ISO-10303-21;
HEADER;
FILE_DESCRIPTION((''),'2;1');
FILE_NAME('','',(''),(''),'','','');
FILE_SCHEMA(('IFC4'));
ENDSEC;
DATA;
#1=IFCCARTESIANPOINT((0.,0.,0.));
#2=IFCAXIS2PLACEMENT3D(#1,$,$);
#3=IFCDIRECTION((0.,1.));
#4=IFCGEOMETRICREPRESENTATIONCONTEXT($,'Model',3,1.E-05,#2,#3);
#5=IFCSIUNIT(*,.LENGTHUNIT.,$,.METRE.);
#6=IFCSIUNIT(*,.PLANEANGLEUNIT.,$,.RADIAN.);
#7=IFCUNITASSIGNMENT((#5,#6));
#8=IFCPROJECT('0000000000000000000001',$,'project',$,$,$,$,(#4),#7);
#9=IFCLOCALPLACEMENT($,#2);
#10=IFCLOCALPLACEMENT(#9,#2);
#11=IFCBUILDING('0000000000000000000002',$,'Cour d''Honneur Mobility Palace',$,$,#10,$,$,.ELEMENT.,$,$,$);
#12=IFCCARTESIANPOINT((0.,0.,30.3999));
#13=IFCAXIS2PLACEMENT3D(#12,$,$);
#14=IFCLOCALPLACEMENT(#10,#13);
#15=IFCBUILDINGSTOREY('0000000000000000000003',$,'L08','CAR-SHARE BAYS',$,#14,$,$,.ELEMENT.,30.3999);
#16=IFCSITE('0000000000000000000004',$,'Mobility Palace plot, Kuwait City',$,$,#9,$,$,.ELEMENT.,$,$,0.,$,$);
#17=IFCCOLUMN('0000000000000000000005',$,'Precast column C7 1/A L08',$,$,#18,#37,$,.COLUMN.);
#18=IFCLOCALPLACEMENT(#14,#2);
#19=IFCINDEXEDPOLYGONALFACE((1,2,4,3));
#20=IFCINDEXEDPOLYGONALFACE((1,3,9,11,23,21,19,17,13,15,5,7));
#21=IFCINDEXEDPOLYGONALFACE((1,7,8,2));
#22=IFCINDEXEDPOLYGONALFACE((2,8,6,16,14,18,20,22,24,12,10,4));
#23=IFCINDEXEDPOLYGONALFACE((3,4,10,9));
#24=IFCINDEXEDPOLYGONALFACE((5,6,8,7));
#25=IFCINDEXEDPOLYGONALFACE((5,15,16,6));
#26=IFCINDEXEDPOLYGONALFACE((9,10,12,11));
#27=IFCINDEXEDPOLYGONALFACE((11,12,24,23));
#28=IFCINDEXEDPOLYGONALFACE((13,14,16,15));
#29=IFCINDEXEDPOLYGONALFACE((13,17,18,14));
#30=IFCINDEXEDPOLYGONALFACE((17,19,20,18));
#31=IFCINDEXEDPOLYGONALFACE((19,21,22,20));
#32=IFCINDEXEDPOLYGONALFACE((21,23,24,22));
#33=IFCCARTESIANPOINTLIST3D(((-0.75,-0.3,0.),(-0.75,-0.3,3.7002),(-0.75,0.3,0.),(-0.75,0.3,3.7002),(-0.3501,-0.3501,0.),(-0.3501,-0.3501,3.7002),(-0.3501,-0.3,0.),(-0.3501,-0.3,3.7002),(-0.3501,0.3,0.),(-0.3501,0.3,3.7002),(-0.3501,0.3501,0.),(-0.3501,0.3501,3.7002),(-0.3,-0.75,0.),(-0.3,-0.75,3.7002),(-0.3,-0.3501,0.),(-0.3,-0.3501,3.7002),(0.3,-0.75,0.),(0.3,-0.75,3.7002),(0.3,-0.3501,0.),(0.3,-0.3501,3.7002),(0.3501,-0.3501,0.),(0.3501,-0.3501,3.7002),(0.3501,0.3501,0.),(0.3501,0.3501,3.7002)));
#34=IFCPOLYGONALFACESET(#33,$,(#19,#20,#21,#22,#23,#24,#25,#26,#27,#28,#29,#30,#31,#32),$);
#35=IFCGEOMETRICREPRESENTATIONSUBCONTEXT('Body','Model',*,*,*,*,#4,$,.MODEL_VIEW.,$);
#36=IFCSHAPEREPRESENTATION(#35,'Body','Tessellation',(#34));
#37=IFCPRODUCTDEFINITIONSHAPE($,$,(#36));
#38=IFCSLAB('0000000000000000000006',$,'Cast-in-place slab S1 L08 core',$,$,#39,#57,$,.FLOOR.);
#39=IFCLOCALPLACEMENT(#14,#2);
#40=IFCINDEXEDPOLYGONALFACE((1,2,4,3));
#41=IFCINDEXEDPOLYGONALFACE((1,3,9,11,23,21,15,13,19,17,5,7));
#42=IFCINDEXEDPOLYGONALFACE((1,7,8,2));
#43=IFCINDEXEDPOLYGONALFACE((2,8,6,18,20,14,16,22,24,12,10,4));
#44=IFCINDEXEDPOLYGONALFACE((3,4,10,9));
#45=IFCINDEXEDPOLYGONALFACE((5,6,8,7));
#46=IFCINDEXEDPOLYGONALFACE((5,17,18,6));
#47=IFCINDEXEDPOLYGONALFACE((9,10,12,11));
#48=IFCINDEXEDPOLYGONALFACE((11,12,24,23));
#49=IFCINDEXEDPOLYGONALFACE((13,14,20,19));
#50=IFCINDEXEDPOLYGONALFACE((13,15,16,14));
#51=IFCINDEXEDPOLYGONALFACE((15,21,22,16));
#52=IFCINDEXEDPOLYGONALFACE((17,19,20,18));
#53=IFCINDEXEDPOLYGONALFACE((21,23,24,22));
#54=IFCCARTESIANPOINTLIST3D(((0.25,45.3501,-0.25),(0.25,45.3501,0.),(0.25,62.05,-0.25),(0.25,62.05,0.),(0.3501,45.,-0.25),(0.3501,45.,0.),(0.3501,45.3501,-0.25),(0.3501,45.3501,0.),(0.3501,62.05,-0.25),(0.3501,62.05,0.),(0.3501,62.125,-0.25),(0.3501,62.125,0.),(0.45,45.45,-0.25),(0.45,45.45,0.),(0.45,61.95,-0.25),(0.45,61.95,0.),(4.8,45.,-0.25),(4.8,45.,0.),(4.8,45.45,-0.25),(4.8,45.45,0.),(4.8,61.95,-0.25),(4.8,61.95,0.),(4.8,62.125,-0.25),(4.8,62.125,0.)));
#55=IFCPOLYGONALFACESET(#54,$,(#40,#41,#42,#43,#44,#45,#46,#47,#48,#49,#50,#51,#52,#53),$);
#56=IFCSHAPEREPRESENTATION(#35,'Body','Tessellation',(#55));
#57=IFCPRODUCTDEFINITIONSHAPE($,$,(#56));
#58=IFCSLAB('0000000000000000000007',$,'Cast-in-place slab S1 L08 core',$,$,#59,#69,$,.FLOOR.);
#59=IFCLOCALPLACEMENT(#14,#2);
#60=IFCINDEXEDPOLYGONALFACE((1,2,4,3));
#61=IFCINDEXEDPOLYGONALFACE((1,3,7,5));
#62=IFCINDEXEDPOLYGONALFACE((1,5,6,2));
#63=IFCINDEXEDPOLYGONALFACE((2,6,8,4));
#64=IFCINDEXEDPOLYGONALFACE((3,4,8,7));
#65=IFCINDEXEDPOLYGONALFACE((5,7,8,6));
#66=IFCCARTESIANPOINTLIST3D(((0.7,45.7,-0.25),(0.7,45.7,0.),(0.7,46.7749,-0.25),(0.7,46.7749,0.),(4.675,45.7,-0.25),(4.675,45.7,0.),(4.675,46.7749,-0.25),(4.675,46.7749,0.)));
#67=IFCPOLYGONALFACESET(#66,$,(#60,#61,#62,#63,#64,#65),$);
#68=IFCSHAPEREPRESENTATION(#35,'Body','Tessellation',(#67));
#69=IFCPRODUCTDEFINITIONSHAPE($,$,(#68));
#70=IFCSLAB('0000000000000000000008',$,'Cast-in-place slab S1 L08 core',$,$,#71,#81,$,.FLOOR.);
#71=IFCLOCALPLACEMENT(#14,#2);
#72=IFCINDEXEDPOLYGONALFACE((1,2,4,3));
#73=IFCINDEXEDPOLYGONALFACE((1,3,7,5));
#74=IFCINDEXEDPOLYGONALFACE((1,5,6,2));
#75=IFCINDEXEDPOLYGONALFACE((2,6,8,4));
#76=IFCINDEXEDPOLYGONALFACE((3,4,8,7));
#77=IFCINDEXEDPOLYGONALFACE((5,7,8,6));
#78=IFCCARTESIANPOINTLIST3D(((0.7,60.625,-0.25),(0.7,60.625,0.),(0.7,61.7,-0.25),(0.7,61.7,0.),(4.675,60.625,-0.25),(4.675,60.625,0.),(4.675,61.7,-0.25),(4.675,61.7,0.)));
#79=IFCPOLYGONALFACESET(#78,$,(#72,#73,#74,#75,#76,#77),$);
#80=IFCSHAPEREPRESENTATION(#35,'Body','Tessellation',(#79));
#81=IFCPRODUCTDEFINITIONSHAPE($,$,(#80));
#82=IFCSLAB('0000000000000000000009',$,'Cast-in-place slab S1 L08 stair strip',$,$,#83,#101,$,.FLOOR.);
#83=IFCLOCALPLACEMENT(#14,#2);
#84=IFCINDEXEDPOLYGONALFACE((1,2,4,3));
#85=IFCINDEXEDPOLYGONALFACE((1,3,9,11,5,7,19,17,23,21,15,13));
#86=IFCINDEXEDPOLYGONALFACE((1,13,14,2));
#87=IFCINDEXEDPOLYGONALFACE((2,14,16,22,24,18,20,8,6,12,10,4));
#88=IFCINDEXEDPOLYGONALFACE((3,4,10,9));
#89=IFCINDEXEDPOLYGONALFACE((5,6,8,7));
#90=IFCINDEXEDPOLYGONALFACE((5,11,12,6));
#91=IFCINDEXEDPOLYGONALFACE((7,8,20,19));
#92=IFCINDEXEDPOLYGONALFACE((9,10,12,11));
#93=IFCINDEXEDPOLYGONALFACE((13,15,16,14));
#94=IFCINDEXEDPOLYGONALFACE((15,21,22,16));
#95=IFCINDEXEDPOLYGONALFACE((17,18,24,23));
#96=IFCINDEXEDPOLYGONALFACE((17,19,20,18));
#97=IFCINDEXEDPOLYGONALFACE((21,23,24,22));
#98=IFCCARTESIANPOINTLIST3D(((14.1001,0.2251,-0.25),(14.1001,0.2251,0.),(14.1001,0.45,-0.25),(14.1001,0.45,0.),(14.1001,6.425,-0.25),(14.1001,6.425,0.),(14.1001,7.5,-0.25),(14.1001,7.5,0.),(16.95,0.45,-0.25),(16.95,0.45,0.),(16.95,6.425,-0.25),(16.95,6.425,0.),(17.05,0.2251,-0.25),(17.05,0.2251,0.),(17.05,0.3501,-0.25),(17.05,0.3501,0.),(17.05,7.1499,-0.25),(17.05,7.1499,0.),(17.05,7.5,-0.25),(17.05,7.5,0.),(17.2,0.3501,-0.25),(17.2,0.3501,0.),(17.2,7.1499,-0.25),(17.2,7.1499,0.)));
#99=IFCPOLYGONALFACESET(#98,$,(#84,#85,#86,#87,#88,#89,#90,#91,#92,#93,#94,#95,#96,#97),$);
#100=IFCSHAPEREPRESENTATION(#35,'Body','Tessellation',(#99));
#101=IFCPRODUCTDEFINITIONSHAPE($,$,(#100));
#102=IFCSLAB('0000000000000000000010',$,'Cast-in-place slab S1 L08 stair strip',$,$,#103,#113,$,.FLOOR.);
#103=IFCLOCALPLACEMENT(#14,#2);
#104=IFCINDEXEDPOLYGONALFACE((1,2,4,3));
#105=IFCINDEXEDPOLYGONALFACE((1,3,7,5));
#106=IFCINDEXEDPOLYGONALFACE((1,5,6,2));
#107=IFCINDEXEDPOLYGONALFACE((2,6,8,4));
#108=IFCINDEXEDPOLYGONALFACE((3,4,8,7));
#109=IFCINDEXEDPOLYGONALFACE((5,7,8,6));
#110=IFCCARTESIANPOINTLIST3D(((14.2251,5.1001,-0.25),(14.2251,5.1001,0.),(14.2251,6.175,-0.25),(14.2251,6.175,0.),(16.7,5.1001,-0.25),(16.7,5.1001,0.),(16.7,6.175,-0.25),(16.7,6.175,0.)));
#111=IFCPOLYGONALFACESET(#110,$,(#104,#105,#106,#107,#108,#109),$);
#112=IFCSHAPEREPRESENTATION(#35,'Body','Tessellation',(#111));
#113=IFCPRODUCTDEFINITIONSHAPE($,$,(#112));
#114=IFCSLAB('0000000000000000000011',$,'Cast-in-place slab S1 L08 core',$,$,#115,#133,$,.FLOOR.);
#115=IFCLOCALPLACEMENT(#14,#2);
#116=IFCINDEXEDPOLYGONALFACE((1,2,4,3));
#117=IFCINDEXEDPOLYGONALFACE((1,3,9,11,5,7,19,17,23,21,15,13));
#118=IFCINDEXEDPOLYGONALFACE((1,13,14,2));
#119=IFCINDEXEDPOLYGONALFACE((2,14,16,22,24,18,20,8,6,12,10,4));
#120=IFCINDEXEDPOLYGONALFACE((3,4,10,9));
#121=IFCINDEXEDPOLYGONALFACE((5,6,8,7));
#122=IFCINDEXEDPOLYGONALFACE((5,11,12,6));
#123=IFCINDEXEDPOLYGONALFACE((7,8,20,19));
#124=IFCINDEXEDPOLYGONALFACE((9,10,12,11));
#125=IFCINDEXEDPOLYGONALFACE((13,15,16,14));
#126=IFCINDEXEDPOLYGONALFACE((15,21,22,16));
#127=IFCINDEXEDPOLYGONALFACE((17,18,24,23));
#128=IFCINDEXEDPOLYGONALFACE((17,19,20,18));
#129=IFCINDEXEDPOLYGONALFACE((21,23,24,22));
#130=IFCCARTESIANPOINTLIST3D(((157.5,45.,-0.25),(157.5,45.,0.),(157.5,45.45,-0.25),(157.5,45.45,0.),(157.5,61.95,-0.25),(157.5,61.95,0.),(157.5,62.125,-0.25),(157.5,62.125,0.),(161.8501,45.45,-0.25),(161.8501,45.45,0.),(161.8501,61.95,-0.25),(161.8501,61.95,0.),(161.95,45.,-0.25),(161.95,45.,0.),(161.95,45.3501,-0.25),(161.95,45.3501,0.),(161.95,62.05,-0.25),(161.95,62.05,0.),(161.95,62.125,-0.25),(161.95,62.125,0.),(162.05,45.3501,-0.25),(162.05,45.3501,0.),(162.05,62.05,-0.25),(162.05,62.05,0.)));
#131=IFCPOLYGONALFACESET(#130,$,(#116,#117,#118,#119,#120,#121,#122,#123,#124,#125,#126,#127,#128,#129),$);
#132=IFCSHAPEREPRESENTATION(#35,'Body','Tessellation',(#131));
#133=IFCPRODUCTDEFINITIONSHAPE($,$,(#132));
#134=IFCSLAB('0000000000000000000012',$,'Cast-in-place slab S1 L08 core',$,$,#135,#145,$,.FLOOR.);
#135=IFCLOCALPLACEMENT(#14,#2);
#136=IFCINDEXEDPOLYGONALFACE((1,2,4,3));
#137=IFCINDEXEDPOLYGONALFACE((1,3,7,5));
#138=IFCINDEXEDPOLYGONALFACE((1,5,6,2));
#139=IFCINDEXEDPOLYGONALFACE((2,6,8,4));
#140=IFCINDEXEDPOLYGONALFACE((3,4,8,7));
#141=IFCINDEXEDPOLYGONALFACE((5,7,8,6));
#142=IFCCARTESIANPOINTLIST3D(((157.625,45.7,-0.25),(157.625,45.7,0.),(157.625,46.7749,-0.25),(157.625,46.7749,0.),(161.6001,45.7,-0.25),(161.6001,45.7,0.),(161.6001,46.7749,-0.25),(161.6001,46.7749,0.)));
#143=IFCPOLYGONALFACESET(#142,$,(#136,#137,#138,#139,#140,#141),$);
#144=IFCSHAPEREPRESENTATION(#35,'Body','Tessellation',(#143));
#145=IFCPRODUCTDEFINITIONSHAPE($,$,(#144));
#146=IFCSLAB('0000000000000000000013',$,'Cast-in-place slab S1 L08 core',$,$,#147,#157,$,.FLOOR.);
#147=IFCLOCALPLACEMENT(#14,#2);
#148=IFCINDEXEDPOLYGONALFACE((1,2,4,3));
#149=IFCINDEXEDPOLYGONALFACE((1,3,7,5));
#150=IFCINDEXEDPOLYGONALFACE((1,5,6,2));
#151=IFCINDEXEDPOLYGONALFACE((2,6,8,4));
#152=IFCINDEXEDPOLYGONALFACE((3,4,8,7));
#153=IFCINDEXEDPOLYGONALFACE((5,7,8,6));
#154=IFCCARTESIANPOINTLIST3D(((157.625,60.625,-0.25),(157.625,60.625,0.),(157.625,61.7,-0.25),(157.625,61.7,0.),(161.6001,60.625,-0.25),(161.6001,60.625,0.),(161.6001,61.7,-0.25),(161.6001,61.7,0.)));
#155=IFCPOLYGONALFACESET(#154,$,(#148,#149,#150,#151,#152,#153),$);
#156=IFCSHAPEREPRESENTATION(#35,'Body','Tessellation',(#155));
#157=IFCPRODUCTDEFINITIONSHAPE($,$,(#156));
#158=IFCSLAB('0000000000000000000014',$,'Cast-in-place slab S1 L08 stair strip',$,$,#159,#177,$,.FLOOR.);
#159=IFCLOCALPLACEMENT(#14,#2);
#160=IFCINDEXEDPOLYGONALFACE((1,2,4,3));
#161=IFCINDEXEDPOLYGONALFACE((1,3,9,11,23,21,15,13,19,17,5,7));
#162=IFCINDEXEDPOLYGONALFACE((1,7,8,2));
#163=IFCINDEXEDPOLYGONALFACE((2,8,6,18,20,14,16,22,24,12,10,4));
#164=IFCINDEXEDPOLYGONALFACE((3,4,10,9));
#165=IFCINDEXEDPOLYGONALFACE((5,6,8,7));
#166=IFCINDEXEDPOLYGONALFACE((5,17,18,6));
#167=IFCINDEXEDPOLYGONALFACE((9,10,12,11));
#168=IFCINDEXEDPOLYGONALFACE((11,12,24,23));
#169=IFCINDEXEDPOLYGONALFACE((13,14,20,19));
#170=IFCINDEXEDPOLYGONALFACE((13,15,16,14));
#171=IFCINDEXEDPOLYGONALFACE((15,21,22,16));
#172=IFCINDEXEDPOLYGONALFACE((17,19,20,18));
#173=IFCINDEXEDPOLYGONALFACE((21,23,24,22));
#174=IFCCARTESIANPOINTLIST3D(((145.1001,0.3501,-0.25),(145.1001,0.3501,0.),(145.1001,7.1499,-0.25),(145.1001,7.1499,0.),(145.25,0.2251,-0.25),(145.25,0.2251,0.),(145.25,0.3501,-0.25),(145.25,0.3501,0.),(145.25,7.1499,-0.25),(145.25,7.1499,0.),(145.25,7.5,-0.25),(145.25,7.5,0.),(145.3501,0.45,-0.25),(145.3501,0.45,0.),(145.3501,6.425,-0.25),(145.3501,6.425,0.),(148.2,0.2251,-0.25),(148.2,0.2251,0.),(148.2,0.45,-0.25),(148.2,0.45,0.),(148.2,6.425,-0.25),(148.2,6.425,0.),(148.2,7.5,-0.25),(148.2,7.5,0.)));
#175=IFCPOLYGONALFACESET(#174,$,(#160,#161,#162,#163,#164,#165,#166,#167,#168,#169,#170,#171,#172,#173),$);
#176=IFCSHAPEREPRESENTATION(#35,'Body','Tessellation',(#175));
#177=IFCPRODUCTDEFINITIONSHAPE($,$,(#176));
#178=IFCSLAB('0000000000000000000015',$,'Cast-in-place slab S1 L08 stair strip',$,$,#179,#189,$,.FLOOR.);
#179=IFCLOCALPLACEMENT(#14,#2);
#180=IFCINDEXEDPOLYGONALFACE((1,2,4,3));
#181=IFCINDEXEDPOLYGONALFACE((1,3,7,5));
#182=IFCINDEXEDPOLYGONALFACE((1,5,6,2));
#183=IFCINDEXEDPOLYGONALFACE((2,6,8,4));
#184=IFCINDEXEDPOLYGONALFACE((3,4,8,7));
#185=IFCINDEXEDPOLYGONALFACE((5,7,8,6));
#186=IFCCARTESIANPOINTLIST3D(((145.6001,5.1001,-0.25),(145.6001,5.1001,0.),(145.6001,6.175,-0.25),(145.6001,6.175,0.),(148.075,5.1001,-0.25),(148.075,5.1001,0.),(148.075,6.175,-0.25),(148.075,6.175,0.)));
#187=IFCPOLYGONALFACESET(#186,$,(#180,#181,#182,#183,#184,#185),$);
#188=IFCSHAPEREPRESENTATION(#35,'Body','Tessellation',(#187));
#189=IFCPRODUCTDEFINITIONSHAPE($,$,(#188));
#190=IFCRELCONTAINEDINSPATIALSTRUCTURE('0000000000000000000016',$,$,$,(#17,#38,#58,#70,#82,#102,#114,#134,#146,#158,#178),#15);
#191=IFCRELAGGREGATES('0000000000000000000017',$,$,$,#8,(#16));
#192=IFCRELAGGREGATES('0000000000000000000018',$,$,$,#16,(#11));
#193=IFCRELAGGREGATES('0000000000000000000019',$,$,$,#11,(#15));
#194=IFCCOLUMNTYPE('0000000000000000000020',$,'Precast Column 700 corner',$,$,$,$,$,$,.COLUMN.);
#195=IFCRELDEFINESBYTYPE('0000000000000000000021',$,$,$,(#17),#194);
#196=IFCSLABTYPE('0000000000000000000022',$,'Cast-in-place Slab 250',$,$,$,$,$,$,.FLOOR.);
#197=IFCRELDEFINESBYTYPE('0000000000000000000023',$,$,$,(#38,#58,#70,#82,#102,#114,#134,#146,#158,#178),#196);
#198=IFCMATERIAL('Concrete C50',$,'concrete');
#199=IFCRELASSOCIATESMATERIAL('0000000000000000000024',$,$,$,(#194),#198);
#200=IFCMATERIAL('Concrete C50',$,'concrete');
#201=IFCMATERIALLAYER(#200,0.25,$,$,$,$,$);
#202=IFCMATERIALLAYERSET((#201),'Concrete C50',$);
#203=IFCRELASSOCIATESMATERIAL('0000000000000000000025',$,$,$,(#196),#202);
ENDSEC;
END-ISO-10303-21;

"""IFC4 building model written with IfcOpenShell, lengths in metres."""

from ifc_helpers import new_model, si_unit, direction, frame, origin, place, context, subcontext, project, spatial, polyline, outline, extrude, material, layer, layer_set, material_profile, profile_set, type_object, element, save


model = new_model("IFC4")

# Units and contexts
model_context = context("Model", 3, precision=1e-05, world=origin(), true_north=direction((0.0, 1.0)))
body_context = subcontext(model_context, "Body", "Model", "MODEL_VIEW")
ifc_project = project(units=[si_unit("LENGTHUNIT", "METRE"), si_unit("PLANEANGLEUNIT", "RADIAN")], contexts=[model_context])

# Site, building, storey
site_placement = place(None, origin())
site = spatial("IfcSite", under=ifc_project, at=site_placement, Name="Mobility Palace plot, Kuwait City", CompositionType="ELEMENT", RefElevation=0.0)
building_placement = place(site_placement, origin())
building = spatial("IfcBuilding", under=site, at=building_placement, Name="Cour d'Honneur Mobility Palace", CompositionType="ELEMENT")
storey_placement = place(building_placement, frame((0.0, 0.0, 30.3999)))
storey = spatial("IfcBuildingStorey", under=building, at=storey_placement, Name="L08", Description="CAR-SHARE BAYS", CompositionType="ELEMENT", Elevation=30.3999)

# Column
ifc_material_1 = material(Name="Concrete C50", Category="concrete")
ifc_material_profile = material_profile(ifc_material_1, outline(polyline([(-0.3501, -0.3501), (0.3501, -0.3501), (0.3501, -0.3), (0.75, -0.3), (0.75, 0.3), (0.3501, 0.3), (0.3501, 0.3501), (0.3, 0.3501), (0.3, 0.75), (-0.3, 0.75), (-0.3, 0.3501), (-0.3501, 0.3501), (-0.3501, -0.3501)])), Name="PC C700 corner")
ifc_profile_set = profile_set([ifc_material_profile], Name="Concrete C50")
column_type = type_object("IfcColumnType", Name="Precast Column 700 corner", PredefinedType="COLUMN", material=ifc_profile_set)
column_placement = place(storey_placement, frame((0.0, 0.0, 0.0), z_axis=(0.0, 0.0, 1.0), x_axis=(-1.0, 0.0, 0.0)))
element("IfcColumn", 1, at=column_placement, inside=storey, type_object=column_type, Name="Precast column C7 1/A L08", PredefinedType="COLUMN", context=body_context, shape_type="SweptSolid", body=[
    extrude(outline(polyline([(-0.3501, -0.3501), (0.3501, -0.3501), (0.3501, -0.3), (0.75, -0.3), (0.75, 0.3), (0.3501, 0.3), (0.3501, 0.3501), (0.3, 0.3501), (0.3, 0.75), (-0.3, 0.75), (-0.3, 0.3501), (-0.3501, 0.3501), (-0.3501, -0.3501)])), origin(), (0.0, 0.0, 1.0), 3.7002),
])

# Slabs
ifc_material_2 = material(Name="Concrete C50", Category="concrete")
ifc_layer_1 = layer(ifc_material_2, 0.25)
ifc_layer_set_1 = layer_set([ifc_layer_1], Name="Concrete C50")
slab_type_1 = type_object("IfcSlabType", Name="Cast-in-place Slab 250", PredefinedType="FLOOR", material=ifc_layer_set_1)
slab_1_placement = place(storey_placement, frame((0.0, 0.0, -0.25)))
element("IfcSlab", 2, at=slab_1_placement, inside=storey, type_object=slab_type_1, Name="Cast-in-place slab S1 L08 core", PredefinedType="FLOOR", context=body_context, shape_type="SweptSolid", body=[
    extrude(outline(polyline([(0.3501, 45.3501), (0.25, 45.3501), (0.25, 62.05), (0.3501, 62.05), (0.3501, 62.125), (4.8, 62.125), (4.8, 61.95), (0.45, 61.95), (0.45, 45.45), (4.8, 45.45), (4.8, 45.0), (0.3501, 45.0), (0.3501, 45.3501)])), origin(), (0.0, 0.0, 1.0), 0.25),
])
slab_2_placement = place(storey_placement, frame((0.0, 0.0, -0.25)))
element("IfcSlab", 3, at=slab_2_placement, inside=storey, type_object=slab_type_1, Name="Cast-in-place slab S1 L08 core", PredefinedType="FLOOR", context=body_context, shape_type="SweptSolid", body=[
    extrude(outline(polyline([(0.7, 45.7), (0.7, 46.7749), (4.675, 46.7749), (4.675, 45.7), (0.7, 45.7)])), origin(), (0.0, 0.0, 1.0), 0.25),
])
slab_3_placement = place(storey_placement, frame((0.0, 0.0, -0.25)))
element("IfcSlab", 4, at=slab_3_placement, inside=storey, type_object=slab_type_1, Name="Cast-in-place slab S1 L08 core", PredefinedType="FLOOR", context=body_context, shape_type="SweptSolid", body=[
    extrude(outline(polyline([(4.675, 61.7), (4.675, 60.625), (0.7, 60.625), (0.7, 61.7), (4.675, 61.7)])), origin(), (0.0, 0.0, 1.0), 0.25),
])
slab_4_placement = place(storey_placement, frame((0.0, 0.0, -0.25)))
element("IfcSlab", 5, at=slab_4_placement, inside=storey, type_object=slab_type_1, Name="Cast-in-place slab S1 L08 stair strip", PredefinedType="FLOOR", context=body_context, shape_type="SweptSolid", body=[
    extrude(outline(polyline([(17.05, 7.1499), (17.2, 7.1499), (17.2, 0.3501), (17.05, 0.3501), (17.05, 0.2251), (14.1001, 0.2251), (14.1001, 0.45), (16.95, 0.45), (16.95, 6.425), (14.1001, 6.425), (14.1001, 7.5), (17.05, 7.5), (17.05, 7.1499)])), origin(), (0.0, 0.0, 1.0), 0.25),
])
slab_5_placement = place(storey_placement, frame((0.0, 0.0, -0.25)))
element("IfcSlab", 6, at=slab_5_placement, inside=storey, type_object=slab_type_1, Name="Cast-in-place slab S1 L08 stair strip", PredefinedType="FLOOR", context=body_context, shape_type="SweptSolid", body=[
    extrude(outline(polyline([(16.7, 6.175), (16.7, 5.1001), (14.2251, 5.1001), (14.2251, 6.175), (16.7, 6.175)])), origin(), (0.0, 0.0, 1.0), 0.25),
])
slab_6_placement = place(storey_placement, frame((0.0, 0.0, -0.25)))
element("IfcSlab", 7, at=slab_6_placement, inside=storey, type_object=slab_type_1, Name="Cast-in-place slab S1 L08 core", PredefinedType="FLOOR", context=body_context, shape_type="SweptSolid", body=[
    extrude(outline(polyline([(161.95, 62.05), (162.05, 62.05), (162.05, 45.3501), (161.95, 45.3501), (161.95, 45.0), (157.5, 45.0), (157.5, 45.45), (161.8501, 45.45), (161.8501, 61.95), (157.5, 61.95), (157.5, 62.125), (161.95, 62.125), (161.95, 62.05)])), origin(), (0.0, 0.0, 1.0), 0.25),
])
slab_7_placement = place(storey_placement, frame((0.0, 0.0, -0.25)))
element("IfcSlab", 8, at=slab_7_placement, inside=storey, type_object=slab_type_1, Name="Cast-in-place slab S1 L08 core", PredefinedType="FLOOR", context=body_context, shape_type="SweptSolid", body=[
    extrude(outline(polyline([(157.625, 46.7749), (161.6001, 46.7749), (161.6001, 45.7), (157.625, 45.7), (157.625, 46.7749)])), origin(), (0.0, 0.0, 1.0), 0.25),
])
slab_8_placement = place(storey_placement, frame((0.0, 0.0, -0.25)))
element("IfcSlab", 9, at=slab_8_placement, inside=storey, type_object=slab_type_1, Name="Cast-in-place slab S1 L08 core", PredefinedType="FLOOR", context=body_context, shape_type="SweptSolid", body=[
    extrude(outline(polyline([(161.6001, 60.625), (157.625, 60.625), (157.625, 61.7), (161.6001, 61.7), (161.6001, 60.625)])), origin(), (0.0, 0.0, 1.0), 0.25),
])
slab_9_placement = place(storey_placement, frame((0.0, 0.0, -0.25)))
element("IfcSlab", 10, at=slab_9_placement, inside=storey, type_object=slab_type_1, Name="Cast-in-place slab S1 L08 stair strip", PredefinedType="FLOOR", context=body_context, shape_type="SweptSolid", body=[
    extrude(outline(polyline([(145.25, 0.3501), (145.1001, 0.3501), (145.1001, 7.1499), (145.25, 7.1499), (145.25, 7.5), (148.2, 7.5), (148.2, 6.425), (145.3501, 6.425), (145.3501, 0.45), (148.2, 0.45), (148.2, 0.2251), (145.25, 0.2251), (145.25, 0.3501)])), origin(), (0.0, 0.0, 1.0), 0.25),
])
slab_10_placement = place(storey_placement, frame((0.0, 0.0, -0.25)))
element("IfcSlab", 11, at=slab_10_placement, inside=storey, type_object=slab_type_1, Name="Cast-in-place slab S1 L08 stair strip", PredefinedType="FLOOR", context=body_context, shape_type="SweptSolid", body=[
    extrude(outline(polyline([(148.075, 6.175), (148.075, 5.1001), (145.6001, 5.1001), (145.6001, 6.175), (148.075, 6.175)])), origin(), (0.0, 0.0, 1.0), 0.25),
])

save(model, "model.ifc")
